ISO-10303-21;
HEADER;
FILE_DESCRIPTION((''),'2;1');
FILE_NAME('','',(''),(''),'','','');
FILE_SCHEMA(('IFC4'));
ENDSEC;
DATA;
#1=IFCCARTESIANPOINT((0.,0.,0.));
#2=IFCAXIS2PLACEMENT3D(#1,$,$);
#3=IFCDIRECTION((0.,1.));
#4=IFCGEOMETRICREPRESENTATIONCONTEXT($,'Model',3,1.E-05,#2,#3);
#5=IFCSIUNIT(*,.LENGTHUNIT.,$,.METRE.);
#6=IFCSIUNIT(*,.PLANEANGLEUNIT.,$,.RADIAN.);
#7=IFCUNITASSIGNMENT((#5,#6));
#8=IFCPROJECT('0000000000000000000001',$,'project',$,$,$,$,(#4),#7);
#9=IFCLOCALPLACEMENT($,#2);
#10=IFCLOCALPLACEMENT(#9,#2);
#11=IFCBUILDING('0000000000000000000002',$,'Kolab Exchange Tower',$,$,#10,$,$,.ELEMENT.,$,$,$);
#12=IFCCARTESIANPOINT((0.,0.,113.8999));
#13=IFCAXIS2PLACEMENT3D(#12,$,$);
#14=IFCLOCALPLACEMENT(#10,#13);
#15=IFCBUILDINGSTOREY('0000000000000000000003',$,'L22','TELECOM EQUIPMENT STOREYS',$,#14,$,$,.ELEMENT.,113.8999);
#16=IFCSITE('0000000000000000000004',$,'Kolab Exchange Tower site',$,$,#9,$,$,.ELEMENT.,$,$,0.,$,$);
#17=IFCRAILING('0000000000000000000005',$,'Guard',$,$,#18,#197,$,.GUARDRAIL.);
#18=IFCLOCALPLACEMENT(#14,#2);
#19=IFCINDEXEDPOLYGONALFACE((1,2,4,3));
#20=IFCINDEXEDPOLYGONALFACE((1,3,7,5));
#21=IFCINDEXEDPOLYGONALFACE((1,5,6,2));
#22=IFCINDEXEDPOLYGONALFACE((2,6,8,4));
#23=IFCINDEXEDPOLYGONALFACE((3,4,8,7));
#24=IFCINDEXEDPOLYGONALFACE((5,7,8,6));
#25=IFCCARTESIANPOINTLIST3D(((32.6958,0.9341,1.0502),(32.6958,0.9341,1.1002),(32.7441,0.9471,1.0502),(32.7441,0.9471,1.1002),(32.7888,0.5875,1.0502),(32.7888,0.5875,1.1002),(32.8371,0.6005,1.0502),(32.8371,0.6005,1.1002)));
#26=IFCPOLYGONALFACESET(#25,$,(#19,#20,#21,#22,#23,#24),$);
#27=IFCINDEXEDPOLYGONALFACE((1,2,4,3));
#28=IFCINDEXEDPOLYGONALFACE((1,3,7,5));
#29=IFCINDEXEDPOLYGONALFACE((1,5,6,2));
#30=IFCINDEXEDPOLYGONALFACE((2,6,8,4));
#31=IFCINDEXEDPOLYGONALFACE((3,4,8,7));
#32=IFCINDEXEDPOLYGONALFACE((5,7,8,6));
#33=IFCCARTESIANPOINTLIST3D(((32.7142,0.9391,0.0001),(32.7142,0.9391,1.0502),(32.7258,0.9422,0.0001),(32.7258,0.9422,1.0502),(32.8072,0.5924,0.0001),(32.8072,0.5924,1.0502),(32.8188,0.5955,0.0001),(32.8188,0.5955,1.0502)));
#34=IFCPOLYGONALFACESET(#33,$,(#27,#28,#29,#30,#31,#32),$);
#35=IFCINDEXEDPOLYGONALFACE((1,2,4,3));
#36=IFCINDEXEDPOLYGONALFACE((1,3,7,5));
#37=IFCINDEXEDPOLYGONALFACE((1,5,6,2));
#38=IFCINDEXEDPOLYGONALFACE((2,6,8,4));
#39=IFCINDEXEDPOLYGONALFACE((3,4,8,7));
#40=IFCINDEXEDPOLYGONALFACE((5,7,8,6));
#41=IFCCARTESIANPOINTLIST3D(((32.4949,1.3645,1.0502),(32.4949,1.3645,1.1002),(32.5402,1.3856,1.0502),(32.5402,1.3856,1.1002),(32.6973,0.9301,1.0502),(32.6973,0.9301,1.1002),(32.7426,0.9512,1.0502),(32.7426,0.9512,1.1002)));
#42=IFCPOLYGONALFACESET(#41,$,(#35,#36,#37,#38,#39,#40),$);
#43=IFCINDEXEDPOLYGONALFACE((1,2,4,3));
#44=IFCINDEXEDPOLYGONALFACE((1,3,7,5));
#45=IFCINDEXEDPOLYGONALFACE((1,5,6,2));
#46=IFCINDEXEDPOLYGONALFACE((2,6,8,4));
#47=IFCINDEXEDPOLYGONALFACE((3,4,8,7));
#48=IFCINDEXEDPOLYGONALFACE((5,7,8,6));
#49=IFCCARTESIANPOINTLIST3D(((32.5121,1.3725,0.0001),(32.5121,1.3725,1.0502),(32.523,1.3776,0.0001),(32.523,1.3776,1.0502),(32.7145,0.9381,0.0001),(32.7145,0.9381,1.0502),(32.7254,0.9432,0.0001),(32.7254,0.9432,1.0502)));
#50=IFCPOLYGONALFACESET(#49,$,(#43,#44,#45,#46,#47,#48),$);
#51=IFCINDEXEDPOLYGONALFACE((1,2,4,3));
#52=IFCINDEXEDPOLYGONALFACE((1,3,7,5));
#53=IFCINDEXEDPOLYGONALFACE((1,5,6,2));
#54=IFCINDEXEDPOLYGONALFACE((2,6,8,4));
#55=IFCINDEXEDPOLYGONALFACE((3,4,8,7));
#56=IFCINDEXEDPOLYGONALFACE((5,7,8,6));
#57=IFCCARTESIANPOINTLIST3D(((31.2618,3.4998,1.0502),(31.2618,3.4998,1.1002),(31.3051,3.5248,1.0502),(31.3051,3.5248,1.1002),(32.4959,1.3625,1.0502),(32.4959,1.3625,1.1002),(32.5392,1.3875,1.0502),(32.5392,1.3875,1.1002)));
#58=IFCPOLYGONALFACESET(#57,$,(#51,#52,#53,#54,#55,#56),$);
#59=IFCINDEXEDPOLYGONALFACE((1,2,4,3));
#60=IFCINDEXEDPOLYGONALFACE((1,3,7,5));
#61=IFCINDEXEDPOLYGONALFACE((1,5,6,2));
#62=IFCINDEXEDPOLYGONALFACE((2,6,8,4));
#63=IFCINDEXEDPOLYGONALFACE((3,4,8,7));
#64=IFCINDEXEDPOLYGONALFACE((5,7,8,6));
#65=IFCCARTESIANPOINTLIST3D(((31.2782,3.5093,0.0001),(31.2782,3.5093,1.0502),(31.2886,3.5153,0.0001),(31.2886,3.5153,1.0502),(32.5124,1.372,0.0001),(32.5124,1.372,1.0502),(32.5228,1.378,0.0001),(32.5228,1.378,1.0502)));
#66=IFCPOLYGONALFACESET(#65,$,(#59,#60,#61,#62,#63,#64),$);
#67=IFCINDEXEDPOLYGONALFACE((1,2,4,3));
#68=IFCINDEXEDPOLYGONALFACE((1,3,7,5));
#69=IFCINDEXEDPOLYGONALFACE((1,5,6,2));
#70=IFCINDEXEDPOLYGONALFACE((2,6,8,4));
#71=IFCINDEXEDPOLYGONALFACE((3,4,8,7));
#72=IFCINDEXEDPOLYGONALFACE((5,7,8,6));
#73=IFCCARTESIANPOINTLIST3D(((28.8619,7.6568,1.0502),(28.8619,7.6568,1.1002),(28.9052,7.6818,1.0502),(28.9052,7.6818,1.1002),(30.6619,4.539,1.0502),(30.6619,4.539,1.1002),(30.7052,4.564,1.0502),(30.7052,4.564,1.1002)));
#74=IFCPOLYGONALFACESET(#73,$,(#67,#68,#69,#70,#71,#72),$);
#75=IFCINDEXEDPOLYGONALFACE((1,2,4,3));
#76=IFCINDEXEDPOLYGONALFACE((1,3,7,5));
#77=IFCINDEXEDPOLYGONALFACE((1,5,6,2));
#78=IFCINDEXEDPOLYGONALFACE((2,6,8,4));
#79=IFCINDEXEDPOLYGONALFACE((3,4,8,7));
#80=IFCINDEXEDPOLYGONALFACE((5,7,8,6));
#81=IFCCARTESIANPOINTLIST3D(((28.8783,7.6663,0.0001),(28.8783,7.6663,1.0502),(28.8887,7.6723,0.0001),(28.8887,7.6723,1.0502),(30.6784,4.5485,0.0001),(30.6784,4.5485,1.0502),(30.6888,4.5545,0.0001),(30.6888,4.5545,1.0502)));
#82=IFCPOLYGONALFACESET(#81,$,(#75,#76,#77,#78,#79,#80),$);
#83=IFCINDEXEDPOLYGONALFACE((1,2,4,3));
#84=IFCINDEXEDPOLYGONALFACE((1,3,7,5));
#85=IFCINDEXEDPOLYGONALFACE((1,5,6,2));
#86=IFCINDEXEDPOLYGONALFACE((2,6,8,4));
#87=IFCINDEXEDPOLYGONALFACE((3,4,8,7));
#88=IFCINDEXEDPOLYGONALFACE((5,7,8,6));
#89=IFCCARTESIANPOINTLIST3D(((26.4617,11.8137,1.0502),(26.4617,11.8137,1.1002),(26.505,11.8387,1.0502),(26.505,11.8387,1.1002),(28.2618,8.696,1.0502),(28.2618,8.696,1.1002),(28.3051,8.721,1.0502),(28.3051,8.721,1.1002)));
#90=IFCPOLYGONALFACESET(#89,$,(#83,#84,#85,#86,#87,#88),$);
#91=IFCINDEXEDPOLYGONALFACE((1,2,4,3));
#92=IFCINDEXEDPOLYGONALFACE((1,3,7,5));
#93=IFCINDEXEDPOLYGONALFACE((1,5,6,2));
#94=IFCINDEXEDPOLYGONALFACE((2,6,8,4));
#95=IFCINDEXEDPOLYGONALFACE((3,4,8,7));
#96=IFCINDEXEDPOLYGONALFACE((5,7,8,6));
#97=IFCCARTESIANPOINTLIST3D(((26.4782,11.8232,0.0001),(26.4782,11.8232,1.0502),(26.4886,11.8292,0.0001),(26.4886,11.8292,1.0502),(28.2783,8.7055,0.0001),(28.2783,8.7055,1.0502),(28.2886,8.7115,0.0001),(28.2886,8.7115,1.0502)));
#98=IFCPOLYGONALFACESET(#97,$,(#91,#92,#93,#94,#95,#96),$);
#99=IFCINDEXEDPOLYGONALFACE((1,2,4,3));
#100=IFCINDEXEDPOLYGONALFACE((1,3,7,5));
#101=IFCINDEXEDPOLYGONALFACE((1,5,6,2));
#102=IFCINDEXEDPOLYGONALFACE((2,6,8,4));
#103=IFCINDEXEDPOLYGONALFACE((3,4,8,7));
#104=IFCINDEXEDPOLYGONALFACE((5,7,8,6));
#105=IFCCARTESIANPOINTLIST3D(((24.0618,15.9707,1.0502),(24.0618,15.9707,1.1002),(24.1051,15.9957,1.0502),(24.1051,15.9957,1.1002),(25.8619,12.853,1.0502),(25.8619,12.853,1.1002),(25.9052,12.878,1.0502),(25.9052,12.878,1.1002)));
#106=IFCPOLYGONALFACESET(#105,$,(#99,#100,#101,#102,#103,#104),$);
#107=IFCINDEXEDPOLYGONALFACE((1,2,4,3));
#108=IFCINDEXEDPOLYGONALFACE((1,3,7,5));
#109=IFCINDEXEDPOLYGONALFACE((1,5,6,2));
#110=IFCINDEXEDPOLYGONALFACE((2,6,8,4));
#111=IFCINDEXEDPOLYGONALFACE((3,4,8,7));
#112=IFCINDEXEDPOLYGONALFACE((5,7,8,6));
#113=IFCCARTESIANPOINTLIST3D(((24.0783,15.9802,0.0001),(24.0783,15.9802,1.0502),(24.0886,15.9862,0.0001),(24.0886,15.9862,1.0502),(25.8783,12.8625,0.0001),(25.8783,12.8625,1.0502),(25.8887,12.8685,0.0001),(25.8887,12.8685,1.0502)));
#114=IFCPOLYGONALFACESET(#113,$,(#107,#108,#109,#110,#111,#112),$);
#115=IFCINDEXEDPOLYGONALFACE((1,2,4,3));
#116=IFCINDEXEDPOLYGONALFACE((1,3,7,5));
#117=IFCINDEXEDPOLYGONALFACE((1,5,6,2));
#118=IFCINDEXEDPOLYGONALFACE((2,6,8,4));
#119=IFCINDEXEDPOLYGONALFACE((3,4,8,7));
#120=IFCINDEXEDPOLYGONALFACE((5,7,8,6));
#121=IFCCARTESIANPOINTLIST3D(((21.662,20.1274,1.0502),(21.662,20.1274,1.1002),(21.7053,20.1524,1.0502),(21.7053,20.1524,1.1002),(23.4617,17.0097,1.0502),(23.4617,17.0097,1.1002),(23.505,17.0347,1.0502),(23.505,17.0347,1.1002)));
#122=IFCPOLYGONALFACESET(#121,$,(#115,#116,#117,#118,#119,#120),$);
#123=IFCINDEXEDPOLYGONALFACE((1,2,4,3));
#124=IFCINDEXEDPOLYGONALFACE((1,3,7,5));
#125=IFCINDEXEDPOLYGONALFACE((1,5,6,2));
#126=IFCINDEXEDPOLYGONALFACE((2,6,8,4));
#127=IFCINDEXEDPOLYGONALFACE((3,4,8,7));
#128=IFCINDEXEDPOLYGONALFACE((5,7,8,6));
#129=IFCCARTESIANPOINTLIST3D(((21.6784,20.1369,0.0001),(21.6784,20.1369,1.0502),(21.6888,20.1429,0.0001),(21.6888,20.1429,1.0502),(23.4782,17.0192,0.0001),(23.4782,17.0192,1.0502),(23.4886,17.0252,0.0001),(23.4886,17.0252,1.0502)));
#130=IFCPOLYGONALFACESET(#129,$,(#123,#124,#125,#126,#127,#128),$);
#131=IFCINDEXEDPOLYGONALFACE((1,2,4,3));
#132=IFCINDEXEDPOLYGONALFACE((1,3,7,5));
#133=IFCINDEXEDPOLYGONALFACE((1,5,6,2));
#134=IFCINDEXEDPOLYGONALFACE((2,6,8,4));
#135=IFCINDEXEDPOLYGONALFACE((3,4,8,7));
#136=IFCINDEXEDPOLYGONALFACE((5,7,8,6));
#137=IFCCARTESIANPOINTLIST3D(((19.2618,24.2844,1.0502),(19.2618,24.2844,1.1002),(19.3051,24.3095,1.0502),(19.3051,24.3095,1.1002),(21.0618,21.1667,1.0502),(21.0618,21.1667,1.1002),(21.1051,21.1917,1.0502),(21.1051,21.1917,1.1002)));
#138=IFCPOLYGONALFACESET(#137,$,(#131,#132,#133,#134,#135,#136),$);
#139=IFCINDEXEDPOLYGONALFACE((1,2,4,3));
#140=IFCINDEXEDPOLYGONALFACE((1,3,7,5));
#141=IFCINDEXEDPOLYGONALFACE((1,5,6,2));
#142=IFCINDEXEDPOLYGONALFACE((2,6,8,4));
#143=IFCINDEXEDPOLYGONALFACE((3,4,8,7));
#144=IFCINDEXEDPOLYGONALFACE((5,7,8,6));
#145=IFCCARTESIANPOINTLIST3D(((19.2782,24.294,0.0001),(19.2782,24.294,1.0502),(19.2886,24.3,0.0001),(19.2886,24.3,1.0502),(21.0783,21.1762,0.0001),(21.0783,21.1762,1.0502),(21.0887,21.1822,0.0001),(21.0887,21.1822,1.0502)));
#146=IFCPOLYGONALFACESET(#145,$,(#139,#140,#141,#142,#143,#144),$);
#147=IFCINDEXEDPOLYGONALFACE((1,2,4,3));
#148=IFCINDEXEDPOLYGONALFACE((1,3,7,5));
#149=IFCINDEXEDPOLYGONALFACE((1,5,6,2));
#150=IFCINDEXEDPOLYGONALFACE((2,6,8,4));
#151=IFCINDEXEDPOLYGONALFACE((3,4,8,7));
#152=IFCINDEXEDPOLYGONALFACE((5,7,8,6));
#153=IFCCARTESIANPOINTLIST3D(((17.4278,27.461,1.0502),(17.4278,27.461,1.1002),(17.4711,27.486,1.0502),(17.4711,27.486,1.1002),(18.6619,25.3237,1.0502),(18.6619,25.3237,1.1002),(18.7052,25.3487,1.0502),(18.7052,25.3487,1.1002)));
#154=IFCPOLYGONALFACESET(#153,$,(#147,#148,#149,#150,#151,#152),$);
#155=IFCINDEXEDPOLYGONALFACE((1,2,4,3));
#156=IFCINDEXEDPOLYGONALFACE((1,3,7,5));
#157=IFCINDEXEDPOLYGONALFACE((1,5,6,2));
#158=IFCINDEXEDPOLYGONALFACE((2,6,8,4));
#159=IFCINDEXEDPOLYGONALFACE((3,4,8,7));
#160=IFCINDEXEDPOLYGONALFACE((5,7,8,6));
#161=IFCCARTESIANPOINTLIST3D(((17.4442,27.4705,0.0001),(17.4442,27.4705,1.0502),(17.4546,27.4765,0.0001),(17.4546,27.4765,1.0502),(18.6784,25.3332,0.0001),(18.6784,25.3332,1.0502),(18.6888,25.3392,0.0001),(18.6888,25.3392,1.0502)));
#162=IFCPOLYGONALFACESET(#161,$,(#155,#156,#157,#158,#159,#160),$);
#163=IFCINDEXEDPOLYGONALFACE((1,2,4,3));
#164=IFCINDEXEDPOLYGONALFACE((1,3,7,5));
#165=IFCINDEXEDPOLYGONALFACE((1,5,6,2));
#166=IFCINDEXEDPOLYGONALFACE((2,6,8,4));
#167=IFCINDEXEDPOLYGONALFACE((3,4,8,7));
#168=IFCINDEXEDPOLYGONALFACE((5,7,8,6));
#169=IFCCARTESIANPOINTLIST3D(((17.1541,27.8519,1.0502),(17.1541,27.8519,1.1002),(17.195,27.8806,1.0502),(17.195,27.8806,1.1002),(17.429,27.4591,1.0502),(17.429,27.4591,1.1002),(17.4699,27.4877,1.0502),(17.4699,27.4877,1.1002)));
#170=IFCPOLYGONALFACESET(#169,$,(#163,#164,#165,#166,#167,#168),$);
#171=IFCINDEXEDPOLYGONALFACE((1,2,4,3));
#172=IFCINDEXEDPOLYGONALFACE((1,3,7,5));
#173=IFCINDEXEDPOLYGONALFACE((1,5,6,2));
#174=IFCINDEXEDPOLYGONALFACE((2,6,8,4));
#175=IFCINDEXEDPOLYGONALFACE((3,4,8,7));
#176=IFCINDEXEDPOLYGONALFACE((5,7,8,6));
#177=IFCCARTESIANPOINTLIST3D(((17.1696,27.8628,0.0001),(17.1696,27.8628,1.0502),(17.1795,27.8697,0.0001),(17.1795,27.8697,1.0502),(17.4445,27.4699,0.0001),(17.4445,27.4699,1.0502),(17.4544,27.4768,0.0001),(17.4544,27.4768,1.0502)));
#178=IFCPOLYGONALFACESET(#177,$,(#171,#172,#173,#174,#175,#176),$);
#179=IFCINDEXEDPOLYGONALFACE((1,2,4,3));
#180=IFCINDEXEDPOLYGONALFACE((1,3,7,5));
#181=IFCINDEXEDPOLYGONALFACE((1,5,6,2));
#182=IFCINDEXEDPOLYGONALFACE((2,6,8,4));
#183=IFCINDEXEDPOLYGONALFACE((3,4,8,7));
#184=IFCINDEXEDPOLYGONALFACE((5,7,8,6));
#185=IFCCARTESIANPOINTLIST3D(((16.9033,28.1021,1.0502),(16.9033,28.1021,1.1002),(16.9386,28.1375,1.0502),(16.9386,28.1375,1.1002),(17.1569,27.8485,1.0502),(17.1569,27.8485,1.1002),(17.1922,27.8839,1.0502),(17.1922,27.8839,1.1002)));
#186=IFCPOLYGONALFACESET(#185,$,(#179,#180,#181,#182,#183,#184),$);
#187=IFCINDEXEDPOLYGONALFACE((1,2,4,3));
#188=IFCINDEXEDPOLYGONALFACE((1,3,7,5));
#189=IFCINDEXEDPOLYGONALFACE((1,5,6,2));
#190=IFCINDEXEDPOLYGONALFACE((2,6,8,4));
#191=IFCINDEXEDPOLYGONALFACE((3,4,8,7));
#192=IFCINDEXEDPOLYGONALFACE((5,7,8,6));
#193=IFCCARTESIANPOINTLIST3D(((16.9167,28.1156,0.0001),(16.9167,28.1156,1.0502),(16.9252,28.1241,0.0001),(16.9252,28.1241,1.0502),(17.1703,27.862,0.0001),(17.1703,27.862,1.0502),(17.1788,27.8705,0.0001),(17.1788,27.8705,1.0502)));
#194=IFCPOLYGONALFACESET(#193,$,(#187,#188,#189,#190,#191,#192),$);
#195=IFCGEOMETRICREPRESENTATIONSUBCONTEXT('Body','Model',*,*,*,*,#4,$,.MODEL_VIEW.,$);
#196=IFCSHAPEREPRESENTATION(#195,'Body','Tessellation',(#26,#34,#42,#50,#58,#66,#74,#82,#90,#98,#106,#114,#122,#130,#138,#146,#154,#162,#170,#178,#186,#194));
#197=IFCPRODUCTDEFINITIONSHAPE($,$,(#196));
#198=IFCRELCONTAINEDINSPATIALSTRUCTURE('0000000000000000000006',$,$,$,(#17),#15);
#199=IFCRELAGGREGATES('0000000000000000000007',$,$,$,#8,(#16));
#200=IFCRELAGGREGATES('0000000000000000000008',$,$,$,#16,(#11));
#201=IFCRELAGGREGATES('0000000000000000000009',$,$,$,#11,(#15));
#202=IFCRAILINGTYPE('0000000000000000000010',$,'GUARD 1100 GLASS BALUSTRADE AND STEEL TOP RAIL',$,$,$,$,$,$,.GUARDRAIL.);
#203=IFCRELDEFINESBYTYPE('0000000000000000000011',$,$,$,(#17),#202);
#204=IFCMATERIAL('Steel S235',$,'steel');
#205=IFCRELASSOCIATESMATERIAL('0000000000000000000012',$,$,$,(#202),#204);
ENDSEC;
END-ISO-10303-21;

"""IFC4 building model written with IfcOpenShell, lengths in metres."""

from ifc_helpers import new_model, si_unit, direction, frame, frame_2d, origin, origin_2d, place, context, subcontext, project, spatial, rectangle, extrude, material, type_object, element, save


model = new_model("IFC4")

# Units and contexts
model_context = context("Model", 3, precision=1e-05, world=origin(), true_north=direction((0.0, 1.0)))
body_context = subcontext(model_context, "Body", "Model", "MODEL_VIEW")
ifc_project = project(units=[si_unit("LENGTHUNIT", "METRE"), si_unit("PLANEANGLEUNIT", "RADIAN")], contexts=[model_context])

# Site, building, storey
site_placement = place(None, origin())
site = spatial("IfcSite", under=ifc_project, at=site_placement, Name="Kolab Exchange Tower site", CompositionType="ELEMENT", RefElevation=0.0)
building_placement = place(site_placement, origin())
building = spatial("IfcBuilding", under=site, at=building_placement, Name="Kolab Exchange Tower", CompositionType="ELEMENT")
storey_placement = place(building_placement, frame((0.0, 0.0, 113.8999)))
storey = spatial("IfcBuildingStorey", under=building, at=storey_placement, Name="L22", Description="TELECOM EQUIPMENT STOREYS", CompositionType="ELEMENT", Elevation=113.8999)

# Railing
ifc_material_1 = material(Name="Steel S235", Category="steel")
railing_type = type_object("IfcRailingType", Name="GUARD 1100 GLASS BALUSTRADE AND STEEL TOP RAIL", PredefinedType="GUARDRAIL", material=ifc_material_1)
railing_placement = place(storey_placement, frame((32.813, 0.594, 0.0)))
element("IfcRailing", 1, at=railing_placement, inside=storey, type_object=railing_type, Name="Guard", PredefinedType="GUARDRAIL", context=body_context, shape_type="SweptSolid", body=[
    extrude(rectangle(XDim=0.05, YDim=0.05, at=origin_2d()), frame((0.0, 0.0, 1.0752), z_axis=(-0.259144, 0.965839, 0.0), x_axis=(-0.965839, -0.259144, 0.0)), (0.0, 0.0, 1.0), 0.3589),
    extrude(rectangle(XDim=0.012, YDim=1.0501, at=frame_2d((0.0, 0.5251))), frame((0.0, 0.0, 0.0), z_axis=(-0.259144, 0.965839, 0.0), x_axis=(-0.965839, -0.259144, 0.0)), (0.0, 0.0, 1.0), 0.3589),
    extrude(rectangle(XDim=0.05, YDim=0.05, at=origin_2d()), frame((-0.093, 0.3467, 1.0752), z_axis=(-0.422383, 0.906417, 0.0), x_axis=(-0.906417, -0.422383, 0.0)), (0.0, 0.0, 1.0), 0.4792),
    extrude(rectangle(XDim=0.012, YDim=1.0501, at=frame_2d((0.0, 0.5251))), frame((-0.093, 0.3467, 0.0), z_axis=(-0.422383, 0.906417, 0.0), x_axis=(-0.906417, -0.422383, 0.0)), (0.0, 0.0, 1.0), 0.4792),
    extrude(rectangle(XDim=0.05, YDim=0.05, at=origin_2d()), frame((-0.2954, 0.781, 1.0752), z_axis=(-0.500065, 0.865988, 0.0), x_axis=(-0.865988, -0.500065, 0.0)), (0.0, 0.0, 1.0), 2.468),
    extrude(rectangle(XDim=0.012, YDim=1.0501, at=frame_2d((0.0, 0.5251))), frame((-0.2954, 0.781, 0.0), z_axis=(-0.500065, 0.865988, 0.0), x_axis=(-0.865988, -0.500065, 0.0)), (0.0, 0.0, 1.0), 2.468),
    extrude(rectangle(XDim=0.05, YDim=0.05, at=origin_2d()), frame((-2.1294, 3.9575, 1.0752), z_axis=(-0.500012, 0.866018, 0.0), x_axis=(-0.866018, -0.500012, 0.0)), (0.0, 0.0, 1.0), 3.6001),
    extrude(rectangle(XDim=0.012, YDim=1.0501, at=frame_2d((0.0, 0.5251))), frame((-2.1294, 3.9575, 0.0), z_axis=(-0.500012, 0.866018, 0.0), x_axis=(-0.866018, -0.500012, 0.0)), (0.0, 0.0, 1.0), 3.6001),
    extrude(rectangle(XDim=0.05, YDim=0.05, at=origin_2d()), frame((-4.5295, 8.1145, 1.0752), z_axis=(-0.500012, 0.866018, 0.0), x_axis=(-0.866018, -0.500012, 0.0)), (0.0, 0.0, 1.0), 3.6001),
    extrude(rectangle(XDim=0.012, YDim=1.0501, at=frame_2d((0.0, 0.5251))), frame((-4.5295, 8.1145, 0.0), z_axis=(-0.500012, 0.866018, 0.0), x_axis=(-0.866018, -0.500012, 0.0)), (0.0, 0.0, 1.0), 3.6001),
    extrude(rectangle(XDim=0.05, YDim=0.05, at=origin_2d()), frame((-6.9294, 12.2715, 1.0752), z_axis=(-0.500012, 0.866018, 0.0), x_axis=(-0.866018, -0.500012, 0.0)), (0.0, 0.0, 1.0), 3.6001),
    extrude(rectangle(XDim=0.012, YDim=1.0501, at=frame_2d((0.0, 0.5251))), frame((-6.9294, 12.2715, 0.0), z_axis=(-0.500012, 0.866018, 0.0), x_axis=(-0.866018, -0.500012, 0.0)), (0.0, 0.0, 1.0), 3.6001),
    extrude(rectangle(XDim=0.05, YDim=0.05, at=origin_2d()), frame((-9.3296, 16.4282, 1.0752), z_axis=(-0.499961, 0.866048, 0.0), x_axis=(-0.866048, -0.499961, 0.0)), (0.0, 0.0, 1.0), 3.5999),
    extrude(rectangle(XDim=0.012, YDim=1.0501, at=frame_2d((0.0, 0.5251))), frame((-9.3296, 16.4282, 0.0), z_axis=(-0.499961, 0.866048, 0.0), x_axis=(-0.866048, -0.499961, 0.0)), (0.0, 0.0, 1.0), 3.5999),
    extrude(rectangle(XDim=0.05, YDim=0.05, at=origin_2d()), frame((-11.7295, 20.5852, 1.0752), z_axis=(-0.500012, 0.866018, 0.0), x_axis=(-0.866018, -0.500012, 0.0)), (0.0, 0.0, 1.0), 3.6001),
    extrude(rectangle(XDim=0.012, YDim=1.0501, at=frame_2d((0.0, 0.5251))), frame((-11.7295, 20.5852, 0.0), z_axis=(-0.500012, 0.866018, 0.0), x_axis=(-0.866018, -0.500012, 0.0)), (0.0, 0.0, 1.0), 3.6001),
    extrude(rectangle(XDim=0.05, YDim=0.05, at=origin_2d()), frame((-14.1294, 24.7422, 1.0752), z_axis=(-0.500065, 0.865988, 0.0), x_axis=(-0.865988, -0.500065, 0.0)), (0.0, 0.0, 1.0), 2.468),
    extrude(rectangle(XDim=0.012, YDim=1.0501, at=frame_2d((0.0, 0.5251))), frame((-14.1294, 24.7422, 0.0), z_axis=(-0.500065, 0.865988, 0.0), x_axis=(-0.865988, -0.500065, 0.0)), (0.0, 0.0, 1.0), 2.468),
    extrude(rectangle(XDim=0.05, YDim=0.05, at=origin_2d()), frame((-15.3635, 26.8794, 1.0752), z_axis=(-0.57336, 0.819304, 0.0), x_axis=(-0.819304, -0.57336, 0.0)), (0.0, 0.0, 1.0), 0.4795),
    extrude(rectangle(XDim=0.012, YDim=1.0501, at=frame_2d((0.0, 0.5251))), frame((-15.3635, 26.8794, 0.0), z_axis=(-0.57336, 0.819304, 0.0), x_axis=(-0.819304, -0.57336, 0.0)), (0.0, 0.0, 1.0), 0.4795),
    extrude(rectangle(XDim=0.05, YDim=0.05, at=origin_2d()), frame((-15.6384, 27.2722, 1.0752), z_axis=(-0.707107, 0.707107, 0.0), x_axis=(-0.707107, -0.707107, 0.0)), (0.0, 0.0, 1.0), 0.3586),
    extrude(rectangle(XDim=0.012, YDim=1.0501, at=frame_2d((0.0, 0.5251))), frame((-15.6384, 27.2722, 0.0), z_axis=(-0.707107, 0.707107, 0.0), x_axis=(-0.707107, -0.707107, 0.0)), (0.0, 0.0, 1.0), 0.3586),
])

save(model, "model.ifc")
